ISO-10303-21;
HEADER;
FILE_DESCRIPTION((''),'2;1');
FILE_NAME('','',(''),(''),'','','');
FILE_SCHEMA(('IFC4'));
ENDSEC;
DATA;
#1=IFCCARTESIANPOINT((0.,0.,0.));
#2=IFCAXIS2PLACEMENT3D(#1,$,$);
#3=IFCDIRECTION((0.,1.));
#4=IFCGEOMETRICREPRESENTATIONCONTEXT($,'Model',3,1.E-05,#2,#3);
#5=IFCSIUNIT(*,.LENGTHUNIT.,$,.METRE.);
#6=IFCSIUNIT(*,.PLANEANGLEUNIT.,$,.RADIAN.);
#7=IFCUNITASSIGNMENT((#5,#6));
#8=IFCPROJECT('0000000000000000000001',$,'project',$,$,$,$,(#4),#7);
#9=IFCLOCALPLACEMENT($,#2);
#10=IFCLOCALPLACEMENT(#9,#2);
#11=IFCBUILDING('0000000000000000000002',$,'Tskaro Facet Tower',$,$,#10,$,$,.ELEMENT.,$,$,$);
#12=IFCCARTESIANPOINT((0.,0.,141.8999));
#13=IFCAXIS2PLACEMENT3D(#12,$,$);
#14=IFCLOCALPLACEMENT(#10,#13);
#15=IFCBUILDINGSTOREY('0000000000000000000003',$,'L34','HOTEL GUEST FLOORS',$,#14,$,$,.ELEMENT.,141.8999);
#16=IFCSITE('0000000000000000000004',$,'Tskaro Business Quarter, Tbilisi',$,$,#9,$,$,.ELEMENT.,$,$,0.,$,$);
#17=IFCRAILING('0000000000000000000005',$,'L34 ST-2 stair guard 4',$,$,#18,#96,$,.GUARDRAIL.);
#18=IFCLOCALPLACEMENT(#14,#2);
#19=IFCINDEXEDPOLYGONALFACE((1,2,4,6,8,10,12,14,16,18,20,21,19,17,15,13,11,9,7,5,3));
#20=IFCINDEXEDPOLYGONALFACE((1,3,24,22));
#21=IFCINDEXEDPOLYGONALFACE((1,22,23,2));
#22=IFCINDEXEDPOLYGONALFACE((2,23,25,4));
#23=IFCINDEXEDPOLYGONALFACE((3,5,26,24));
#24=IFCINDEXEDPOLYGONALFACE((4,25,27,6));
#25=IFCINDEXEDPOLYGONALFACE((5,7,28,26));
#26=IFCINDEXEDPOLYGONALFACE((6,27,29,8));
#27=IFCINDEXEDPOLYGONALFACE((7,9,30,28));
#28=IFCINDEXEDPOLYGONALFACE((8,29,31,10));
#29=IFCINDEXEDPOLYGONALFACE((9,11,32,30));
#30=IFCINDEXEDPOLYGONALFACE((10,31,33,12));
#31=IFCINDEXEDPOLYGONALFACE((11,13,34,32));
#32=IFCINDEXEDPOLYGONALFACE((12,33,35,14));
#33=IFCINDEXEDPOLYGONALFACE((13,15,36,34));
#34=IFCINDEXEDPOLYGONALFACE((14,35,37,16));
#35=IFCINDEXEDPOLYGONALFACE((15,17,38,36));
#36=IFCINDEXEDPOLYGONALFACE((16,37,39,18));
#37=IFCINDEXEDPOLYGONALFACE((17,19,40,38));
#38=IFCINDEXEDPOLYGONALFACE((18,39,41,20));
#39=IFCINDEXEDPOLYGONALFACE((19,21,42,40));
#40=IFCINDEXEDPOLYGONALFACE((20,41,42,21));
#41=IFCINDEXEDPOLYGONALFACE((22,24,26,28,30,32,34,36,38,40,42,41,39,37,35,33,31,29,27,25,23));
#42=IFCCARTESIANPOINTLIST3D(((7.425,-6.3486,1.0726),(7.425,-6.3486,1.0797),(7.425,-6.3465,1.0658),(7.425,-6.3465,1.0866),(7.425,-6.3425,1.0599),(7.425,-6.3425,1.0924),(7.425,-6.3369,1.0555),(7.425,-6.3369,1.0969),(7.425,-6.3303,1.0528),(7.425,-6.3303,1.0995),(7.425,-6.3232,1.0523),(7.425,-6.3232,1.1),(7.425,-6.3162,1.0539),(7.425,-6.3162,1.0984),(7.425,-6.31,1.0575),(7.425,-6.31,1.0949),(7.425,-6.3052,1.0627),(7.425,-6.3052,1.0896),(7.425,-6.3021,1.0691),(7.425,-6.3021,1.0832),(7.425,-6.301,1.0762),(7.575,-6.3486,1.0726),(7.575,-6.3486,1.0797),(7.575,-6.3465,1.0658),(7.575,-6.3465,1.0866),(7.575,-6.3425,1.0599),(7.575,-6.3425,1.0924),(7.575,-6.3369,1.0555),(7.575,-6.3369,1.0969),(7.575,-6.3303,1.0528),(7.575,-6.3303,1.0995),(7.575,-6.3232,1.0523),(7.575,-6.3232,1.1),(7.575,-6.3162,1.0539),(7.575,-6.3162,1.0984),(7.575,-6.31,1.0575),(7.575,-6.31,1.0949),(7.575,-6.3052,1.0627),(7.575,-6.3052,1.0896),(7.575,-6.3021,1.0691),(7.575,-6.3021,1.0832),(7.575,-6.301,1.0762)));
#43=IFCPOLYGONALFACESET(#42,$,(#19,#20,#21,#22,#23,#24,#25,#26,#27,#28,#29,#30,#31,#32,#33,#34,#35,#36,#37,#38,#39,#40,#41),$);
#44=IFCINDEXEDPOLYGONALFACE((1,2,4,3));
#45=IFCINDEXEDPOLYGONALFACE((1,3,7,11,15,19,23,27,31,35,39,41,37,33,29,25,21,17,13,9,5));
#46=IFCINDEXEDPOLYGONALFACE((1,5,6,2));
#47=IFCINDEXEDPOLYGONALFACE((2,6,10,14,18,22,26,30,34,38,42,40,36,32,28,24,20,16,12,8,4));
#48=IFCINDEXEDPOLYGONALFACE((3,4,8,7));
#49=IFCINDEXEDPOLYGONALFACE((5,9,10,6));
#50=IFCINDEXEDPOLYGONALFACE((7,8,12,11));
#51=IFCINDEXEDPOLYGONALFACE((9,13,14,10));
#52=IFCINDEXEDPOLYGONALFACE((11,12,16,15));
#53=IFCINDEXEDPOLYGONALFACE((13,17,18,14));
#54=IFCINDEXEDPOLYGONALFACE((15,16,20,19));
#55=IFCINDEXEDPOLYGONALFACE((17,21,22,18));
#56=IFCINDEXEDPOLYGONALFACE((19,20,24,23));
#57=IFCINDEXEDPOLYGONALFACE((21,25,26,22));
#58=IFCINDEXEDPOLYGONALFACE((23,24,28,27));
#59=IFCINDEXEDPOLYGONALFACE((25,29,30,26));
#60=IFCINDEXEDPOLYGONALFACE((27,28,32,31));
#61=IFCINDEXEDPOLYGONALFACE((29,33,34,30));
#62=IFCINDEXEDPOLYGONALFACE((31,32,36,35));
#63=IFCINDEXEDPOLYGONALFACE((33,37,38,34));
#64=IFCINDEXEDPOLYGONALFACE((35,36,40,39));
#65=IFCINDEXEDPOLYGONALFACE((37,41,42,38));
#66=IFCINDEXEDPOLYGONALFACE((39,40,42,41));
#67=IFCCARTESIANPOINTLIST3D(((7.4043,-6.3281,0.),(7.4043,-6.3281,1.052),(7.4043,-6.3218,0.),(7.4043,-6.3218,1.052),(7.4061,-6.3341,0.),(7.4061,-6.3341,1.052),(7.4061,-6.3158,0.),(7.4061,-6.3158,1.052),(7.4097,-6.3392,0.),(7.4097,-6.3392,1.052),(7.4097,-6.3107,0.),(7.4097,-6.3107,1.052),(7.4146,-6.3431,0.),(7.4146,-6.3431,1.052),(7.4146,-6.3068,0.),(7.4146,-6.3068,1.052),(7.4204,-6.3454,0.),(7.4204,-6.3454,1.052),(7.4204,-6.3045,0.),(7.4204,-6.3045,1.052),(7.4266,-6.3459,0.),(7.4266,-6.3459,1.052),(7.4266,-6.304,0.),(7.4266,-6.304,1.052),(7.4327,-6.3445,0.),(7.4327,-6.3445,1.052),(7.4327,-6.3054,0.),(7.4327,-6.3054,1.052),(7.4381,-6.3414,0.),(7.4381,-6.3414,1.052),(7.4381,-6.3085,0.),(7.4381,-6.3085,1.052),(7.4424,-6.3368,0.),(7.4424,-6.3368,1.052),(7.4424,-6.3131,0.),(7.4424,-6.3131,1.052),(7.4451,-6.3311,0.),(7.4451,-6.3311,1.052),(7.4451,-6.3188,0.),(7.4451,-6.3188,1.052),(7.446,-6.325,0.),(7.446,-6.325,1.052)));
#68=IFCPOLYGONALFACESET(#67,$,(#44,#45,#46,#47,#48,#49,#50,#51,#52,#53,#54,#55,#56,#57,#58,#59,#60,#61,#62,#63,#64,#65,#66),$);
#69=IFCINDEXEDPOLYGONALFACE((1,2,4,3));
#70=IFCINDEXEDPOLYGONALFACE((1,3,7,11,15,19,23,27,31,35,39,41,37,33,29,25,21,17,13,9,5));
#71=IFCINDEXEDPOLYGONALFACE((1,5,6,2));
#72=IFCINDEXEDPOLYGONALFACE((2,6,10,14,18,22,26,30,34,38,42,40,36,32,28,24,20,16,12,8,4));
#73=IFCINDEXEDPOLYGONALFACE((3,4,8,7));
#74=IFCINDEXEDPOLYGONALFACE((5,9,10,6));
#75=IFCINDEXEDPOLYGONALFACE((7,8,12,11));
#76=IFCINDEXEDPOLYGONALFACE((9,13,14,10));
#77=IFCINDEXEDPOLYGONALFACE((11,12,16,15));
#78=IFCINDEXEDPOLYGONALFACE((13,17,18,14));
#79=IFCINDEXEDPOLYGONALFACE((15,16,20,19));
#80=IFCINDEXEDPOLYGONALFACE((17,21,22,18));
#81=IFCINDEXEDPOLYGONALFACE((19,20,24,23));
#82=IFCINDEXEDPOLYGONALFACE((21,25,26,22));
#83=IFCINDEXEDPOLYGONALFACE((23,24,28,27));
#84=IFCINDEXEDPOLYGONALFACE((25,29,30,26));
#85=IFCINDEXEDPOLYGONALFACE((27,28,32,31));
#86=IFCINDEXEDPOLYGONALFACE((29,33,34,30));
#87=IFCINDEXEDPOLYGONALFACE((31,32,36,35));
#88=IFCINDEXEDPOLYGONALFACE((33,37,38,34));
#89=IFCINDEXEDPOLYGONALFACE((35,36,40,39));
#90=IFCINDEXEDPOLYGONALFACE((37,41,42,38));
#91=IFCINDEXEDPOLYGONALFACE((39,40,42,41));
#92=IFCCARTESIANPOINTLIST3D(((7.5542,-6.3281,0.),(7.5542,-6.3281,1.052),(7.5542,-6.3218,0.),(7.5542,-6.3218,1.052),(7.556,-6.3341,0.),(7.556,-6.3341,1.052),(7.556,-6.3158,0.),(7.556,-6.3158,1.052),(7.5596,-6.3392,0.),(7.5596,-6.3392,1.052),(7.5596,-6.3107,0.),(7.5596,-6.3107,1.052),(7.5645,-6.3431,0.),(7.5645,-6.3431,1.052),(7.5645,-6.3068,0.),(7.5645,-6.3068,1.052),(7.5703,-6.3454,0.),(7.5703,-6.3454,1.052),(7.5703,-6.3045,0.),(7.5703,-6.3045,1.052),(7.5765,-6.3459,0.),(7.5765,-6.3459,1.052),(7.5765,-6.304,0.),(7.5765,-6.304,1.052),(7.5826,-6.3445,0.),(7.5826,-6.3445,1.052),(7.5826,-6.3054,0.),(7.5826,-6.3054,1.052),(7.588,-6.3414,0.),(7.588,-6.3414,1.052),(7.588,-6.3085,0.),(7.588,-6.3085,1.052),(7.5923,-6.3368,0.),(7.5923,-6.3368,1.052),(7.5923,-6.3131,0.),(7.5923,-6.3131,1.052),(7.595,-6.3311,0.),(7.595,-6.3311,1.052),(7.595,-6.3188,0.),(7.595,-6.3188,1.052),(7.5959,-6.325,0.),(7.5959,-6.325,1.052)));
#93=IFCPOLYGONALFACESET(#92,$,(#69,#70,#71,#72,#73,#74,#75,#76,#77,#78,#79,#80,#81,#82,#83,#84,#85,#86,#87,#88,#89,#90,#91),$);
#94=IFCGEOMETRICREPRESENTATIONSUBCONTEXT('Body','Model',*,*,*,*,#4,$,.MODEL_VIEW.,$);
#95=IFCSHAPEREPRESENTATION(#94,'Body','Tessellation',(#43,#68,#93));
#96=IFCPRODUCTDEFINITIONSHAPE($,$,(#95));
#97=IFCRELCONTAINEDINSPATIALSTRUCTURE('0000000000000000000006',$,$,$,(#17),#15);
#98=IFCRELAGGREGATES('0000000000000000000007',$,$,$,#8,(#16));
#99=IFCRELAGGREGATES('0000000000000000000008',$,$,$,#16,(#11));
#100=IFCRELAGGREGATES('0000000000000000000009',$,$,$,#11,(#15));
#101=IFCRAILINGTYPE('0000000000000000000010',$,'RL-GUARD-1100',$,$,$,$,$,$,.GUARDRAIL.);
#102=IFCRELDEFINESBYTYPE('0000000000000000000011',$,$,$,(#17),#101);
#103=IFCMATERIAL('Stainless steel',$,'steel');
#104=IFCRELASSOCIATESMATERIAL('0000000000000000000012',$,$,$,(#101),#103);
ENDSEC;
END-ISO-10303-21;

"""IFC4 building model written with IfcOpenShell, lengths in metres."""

from ifc_helpers import new_model, si_unit, direction, frame, origin, origin_2d, place, context, subcontext, project, spatial, circle, extrude, material, type_object, element, save


model = new_model("IFC4")

# Units and contexts
model_context = context("Model", 3, precision=1e-05, world=origin(), true_north=direction((0.0, 1.0)))
body_context = subcontext(model_context, "Body", "Model", "MODEL_VIEW")
ifc_project = project(units=[si_unit("LENGTHUNIT", "METRE"), si_unit("PLANEANGLEUNIT", "RADIAN")], contexts=[model_context])

# Site, building, storey
site_placement = place(None, origin())
site = spatial("IfcSite", under=ifc_project, at=site_placement, Name="Tskaro Business Quarter, Tbilisi", CompositionType="ELEMENT", RefElevation=0.0)
building_placement = place(site_placement, origin())
building = spatial("IfcBuilding", under=site, at=building_placement, Name="Tskaro Facet Tower", CompositionType="ELEMENT")
storey_placement = place(building_placement, frame((0.0, 0.0, 141.8999)))
storey = spatial("IfcBuildingStorey", under=building, at=storey_placement, Name="L34", Description="HOTEL GUEST FLOORS", CompositionType="ELEMENT", Elevation=141.8999)

# Railing
ifc_material_1 = material(Name="Stainless steel", Category="steel")
railing_type_1 = type_object("IfcRailingType", Name="RL-GUARD-1100", PredefinedType="GUARDRAIL", material=ifc_material_1)
railing_1_placement = place(storey_placement, frame((7.425, -6.325, 0.0)))
element("IfcRailing", 1, at=railing_1_placement, inside=storey, type_object=railing_type_1, Name="L34 ST-2 stair guard 4", PredefinedType="GUARDRAIL", context=body_context, shape_type="SweptSolid", body=[
    extrude(circle(Radius=0.0239, at=origin_2d()), frame((0.0, 0.0, 1.0762), z_axis=(1.0, 0.0, 0.0), x_axis=(0.0, 1.0, 0.0)), (0.0, 0.0, 1.0), 0.1499),
    extrude(circle(Radius=0.021, at=origin_2d()), origin(), (0.0, 0.0, 1.0), 1.052),
    extrude(circle(Radius=0.021, at=origin_2d()), frame((0.1499, 0.0, 0.0)), (0.0, 0.0, 1.0), 1.052),
])

save(model, "model.ifc")
